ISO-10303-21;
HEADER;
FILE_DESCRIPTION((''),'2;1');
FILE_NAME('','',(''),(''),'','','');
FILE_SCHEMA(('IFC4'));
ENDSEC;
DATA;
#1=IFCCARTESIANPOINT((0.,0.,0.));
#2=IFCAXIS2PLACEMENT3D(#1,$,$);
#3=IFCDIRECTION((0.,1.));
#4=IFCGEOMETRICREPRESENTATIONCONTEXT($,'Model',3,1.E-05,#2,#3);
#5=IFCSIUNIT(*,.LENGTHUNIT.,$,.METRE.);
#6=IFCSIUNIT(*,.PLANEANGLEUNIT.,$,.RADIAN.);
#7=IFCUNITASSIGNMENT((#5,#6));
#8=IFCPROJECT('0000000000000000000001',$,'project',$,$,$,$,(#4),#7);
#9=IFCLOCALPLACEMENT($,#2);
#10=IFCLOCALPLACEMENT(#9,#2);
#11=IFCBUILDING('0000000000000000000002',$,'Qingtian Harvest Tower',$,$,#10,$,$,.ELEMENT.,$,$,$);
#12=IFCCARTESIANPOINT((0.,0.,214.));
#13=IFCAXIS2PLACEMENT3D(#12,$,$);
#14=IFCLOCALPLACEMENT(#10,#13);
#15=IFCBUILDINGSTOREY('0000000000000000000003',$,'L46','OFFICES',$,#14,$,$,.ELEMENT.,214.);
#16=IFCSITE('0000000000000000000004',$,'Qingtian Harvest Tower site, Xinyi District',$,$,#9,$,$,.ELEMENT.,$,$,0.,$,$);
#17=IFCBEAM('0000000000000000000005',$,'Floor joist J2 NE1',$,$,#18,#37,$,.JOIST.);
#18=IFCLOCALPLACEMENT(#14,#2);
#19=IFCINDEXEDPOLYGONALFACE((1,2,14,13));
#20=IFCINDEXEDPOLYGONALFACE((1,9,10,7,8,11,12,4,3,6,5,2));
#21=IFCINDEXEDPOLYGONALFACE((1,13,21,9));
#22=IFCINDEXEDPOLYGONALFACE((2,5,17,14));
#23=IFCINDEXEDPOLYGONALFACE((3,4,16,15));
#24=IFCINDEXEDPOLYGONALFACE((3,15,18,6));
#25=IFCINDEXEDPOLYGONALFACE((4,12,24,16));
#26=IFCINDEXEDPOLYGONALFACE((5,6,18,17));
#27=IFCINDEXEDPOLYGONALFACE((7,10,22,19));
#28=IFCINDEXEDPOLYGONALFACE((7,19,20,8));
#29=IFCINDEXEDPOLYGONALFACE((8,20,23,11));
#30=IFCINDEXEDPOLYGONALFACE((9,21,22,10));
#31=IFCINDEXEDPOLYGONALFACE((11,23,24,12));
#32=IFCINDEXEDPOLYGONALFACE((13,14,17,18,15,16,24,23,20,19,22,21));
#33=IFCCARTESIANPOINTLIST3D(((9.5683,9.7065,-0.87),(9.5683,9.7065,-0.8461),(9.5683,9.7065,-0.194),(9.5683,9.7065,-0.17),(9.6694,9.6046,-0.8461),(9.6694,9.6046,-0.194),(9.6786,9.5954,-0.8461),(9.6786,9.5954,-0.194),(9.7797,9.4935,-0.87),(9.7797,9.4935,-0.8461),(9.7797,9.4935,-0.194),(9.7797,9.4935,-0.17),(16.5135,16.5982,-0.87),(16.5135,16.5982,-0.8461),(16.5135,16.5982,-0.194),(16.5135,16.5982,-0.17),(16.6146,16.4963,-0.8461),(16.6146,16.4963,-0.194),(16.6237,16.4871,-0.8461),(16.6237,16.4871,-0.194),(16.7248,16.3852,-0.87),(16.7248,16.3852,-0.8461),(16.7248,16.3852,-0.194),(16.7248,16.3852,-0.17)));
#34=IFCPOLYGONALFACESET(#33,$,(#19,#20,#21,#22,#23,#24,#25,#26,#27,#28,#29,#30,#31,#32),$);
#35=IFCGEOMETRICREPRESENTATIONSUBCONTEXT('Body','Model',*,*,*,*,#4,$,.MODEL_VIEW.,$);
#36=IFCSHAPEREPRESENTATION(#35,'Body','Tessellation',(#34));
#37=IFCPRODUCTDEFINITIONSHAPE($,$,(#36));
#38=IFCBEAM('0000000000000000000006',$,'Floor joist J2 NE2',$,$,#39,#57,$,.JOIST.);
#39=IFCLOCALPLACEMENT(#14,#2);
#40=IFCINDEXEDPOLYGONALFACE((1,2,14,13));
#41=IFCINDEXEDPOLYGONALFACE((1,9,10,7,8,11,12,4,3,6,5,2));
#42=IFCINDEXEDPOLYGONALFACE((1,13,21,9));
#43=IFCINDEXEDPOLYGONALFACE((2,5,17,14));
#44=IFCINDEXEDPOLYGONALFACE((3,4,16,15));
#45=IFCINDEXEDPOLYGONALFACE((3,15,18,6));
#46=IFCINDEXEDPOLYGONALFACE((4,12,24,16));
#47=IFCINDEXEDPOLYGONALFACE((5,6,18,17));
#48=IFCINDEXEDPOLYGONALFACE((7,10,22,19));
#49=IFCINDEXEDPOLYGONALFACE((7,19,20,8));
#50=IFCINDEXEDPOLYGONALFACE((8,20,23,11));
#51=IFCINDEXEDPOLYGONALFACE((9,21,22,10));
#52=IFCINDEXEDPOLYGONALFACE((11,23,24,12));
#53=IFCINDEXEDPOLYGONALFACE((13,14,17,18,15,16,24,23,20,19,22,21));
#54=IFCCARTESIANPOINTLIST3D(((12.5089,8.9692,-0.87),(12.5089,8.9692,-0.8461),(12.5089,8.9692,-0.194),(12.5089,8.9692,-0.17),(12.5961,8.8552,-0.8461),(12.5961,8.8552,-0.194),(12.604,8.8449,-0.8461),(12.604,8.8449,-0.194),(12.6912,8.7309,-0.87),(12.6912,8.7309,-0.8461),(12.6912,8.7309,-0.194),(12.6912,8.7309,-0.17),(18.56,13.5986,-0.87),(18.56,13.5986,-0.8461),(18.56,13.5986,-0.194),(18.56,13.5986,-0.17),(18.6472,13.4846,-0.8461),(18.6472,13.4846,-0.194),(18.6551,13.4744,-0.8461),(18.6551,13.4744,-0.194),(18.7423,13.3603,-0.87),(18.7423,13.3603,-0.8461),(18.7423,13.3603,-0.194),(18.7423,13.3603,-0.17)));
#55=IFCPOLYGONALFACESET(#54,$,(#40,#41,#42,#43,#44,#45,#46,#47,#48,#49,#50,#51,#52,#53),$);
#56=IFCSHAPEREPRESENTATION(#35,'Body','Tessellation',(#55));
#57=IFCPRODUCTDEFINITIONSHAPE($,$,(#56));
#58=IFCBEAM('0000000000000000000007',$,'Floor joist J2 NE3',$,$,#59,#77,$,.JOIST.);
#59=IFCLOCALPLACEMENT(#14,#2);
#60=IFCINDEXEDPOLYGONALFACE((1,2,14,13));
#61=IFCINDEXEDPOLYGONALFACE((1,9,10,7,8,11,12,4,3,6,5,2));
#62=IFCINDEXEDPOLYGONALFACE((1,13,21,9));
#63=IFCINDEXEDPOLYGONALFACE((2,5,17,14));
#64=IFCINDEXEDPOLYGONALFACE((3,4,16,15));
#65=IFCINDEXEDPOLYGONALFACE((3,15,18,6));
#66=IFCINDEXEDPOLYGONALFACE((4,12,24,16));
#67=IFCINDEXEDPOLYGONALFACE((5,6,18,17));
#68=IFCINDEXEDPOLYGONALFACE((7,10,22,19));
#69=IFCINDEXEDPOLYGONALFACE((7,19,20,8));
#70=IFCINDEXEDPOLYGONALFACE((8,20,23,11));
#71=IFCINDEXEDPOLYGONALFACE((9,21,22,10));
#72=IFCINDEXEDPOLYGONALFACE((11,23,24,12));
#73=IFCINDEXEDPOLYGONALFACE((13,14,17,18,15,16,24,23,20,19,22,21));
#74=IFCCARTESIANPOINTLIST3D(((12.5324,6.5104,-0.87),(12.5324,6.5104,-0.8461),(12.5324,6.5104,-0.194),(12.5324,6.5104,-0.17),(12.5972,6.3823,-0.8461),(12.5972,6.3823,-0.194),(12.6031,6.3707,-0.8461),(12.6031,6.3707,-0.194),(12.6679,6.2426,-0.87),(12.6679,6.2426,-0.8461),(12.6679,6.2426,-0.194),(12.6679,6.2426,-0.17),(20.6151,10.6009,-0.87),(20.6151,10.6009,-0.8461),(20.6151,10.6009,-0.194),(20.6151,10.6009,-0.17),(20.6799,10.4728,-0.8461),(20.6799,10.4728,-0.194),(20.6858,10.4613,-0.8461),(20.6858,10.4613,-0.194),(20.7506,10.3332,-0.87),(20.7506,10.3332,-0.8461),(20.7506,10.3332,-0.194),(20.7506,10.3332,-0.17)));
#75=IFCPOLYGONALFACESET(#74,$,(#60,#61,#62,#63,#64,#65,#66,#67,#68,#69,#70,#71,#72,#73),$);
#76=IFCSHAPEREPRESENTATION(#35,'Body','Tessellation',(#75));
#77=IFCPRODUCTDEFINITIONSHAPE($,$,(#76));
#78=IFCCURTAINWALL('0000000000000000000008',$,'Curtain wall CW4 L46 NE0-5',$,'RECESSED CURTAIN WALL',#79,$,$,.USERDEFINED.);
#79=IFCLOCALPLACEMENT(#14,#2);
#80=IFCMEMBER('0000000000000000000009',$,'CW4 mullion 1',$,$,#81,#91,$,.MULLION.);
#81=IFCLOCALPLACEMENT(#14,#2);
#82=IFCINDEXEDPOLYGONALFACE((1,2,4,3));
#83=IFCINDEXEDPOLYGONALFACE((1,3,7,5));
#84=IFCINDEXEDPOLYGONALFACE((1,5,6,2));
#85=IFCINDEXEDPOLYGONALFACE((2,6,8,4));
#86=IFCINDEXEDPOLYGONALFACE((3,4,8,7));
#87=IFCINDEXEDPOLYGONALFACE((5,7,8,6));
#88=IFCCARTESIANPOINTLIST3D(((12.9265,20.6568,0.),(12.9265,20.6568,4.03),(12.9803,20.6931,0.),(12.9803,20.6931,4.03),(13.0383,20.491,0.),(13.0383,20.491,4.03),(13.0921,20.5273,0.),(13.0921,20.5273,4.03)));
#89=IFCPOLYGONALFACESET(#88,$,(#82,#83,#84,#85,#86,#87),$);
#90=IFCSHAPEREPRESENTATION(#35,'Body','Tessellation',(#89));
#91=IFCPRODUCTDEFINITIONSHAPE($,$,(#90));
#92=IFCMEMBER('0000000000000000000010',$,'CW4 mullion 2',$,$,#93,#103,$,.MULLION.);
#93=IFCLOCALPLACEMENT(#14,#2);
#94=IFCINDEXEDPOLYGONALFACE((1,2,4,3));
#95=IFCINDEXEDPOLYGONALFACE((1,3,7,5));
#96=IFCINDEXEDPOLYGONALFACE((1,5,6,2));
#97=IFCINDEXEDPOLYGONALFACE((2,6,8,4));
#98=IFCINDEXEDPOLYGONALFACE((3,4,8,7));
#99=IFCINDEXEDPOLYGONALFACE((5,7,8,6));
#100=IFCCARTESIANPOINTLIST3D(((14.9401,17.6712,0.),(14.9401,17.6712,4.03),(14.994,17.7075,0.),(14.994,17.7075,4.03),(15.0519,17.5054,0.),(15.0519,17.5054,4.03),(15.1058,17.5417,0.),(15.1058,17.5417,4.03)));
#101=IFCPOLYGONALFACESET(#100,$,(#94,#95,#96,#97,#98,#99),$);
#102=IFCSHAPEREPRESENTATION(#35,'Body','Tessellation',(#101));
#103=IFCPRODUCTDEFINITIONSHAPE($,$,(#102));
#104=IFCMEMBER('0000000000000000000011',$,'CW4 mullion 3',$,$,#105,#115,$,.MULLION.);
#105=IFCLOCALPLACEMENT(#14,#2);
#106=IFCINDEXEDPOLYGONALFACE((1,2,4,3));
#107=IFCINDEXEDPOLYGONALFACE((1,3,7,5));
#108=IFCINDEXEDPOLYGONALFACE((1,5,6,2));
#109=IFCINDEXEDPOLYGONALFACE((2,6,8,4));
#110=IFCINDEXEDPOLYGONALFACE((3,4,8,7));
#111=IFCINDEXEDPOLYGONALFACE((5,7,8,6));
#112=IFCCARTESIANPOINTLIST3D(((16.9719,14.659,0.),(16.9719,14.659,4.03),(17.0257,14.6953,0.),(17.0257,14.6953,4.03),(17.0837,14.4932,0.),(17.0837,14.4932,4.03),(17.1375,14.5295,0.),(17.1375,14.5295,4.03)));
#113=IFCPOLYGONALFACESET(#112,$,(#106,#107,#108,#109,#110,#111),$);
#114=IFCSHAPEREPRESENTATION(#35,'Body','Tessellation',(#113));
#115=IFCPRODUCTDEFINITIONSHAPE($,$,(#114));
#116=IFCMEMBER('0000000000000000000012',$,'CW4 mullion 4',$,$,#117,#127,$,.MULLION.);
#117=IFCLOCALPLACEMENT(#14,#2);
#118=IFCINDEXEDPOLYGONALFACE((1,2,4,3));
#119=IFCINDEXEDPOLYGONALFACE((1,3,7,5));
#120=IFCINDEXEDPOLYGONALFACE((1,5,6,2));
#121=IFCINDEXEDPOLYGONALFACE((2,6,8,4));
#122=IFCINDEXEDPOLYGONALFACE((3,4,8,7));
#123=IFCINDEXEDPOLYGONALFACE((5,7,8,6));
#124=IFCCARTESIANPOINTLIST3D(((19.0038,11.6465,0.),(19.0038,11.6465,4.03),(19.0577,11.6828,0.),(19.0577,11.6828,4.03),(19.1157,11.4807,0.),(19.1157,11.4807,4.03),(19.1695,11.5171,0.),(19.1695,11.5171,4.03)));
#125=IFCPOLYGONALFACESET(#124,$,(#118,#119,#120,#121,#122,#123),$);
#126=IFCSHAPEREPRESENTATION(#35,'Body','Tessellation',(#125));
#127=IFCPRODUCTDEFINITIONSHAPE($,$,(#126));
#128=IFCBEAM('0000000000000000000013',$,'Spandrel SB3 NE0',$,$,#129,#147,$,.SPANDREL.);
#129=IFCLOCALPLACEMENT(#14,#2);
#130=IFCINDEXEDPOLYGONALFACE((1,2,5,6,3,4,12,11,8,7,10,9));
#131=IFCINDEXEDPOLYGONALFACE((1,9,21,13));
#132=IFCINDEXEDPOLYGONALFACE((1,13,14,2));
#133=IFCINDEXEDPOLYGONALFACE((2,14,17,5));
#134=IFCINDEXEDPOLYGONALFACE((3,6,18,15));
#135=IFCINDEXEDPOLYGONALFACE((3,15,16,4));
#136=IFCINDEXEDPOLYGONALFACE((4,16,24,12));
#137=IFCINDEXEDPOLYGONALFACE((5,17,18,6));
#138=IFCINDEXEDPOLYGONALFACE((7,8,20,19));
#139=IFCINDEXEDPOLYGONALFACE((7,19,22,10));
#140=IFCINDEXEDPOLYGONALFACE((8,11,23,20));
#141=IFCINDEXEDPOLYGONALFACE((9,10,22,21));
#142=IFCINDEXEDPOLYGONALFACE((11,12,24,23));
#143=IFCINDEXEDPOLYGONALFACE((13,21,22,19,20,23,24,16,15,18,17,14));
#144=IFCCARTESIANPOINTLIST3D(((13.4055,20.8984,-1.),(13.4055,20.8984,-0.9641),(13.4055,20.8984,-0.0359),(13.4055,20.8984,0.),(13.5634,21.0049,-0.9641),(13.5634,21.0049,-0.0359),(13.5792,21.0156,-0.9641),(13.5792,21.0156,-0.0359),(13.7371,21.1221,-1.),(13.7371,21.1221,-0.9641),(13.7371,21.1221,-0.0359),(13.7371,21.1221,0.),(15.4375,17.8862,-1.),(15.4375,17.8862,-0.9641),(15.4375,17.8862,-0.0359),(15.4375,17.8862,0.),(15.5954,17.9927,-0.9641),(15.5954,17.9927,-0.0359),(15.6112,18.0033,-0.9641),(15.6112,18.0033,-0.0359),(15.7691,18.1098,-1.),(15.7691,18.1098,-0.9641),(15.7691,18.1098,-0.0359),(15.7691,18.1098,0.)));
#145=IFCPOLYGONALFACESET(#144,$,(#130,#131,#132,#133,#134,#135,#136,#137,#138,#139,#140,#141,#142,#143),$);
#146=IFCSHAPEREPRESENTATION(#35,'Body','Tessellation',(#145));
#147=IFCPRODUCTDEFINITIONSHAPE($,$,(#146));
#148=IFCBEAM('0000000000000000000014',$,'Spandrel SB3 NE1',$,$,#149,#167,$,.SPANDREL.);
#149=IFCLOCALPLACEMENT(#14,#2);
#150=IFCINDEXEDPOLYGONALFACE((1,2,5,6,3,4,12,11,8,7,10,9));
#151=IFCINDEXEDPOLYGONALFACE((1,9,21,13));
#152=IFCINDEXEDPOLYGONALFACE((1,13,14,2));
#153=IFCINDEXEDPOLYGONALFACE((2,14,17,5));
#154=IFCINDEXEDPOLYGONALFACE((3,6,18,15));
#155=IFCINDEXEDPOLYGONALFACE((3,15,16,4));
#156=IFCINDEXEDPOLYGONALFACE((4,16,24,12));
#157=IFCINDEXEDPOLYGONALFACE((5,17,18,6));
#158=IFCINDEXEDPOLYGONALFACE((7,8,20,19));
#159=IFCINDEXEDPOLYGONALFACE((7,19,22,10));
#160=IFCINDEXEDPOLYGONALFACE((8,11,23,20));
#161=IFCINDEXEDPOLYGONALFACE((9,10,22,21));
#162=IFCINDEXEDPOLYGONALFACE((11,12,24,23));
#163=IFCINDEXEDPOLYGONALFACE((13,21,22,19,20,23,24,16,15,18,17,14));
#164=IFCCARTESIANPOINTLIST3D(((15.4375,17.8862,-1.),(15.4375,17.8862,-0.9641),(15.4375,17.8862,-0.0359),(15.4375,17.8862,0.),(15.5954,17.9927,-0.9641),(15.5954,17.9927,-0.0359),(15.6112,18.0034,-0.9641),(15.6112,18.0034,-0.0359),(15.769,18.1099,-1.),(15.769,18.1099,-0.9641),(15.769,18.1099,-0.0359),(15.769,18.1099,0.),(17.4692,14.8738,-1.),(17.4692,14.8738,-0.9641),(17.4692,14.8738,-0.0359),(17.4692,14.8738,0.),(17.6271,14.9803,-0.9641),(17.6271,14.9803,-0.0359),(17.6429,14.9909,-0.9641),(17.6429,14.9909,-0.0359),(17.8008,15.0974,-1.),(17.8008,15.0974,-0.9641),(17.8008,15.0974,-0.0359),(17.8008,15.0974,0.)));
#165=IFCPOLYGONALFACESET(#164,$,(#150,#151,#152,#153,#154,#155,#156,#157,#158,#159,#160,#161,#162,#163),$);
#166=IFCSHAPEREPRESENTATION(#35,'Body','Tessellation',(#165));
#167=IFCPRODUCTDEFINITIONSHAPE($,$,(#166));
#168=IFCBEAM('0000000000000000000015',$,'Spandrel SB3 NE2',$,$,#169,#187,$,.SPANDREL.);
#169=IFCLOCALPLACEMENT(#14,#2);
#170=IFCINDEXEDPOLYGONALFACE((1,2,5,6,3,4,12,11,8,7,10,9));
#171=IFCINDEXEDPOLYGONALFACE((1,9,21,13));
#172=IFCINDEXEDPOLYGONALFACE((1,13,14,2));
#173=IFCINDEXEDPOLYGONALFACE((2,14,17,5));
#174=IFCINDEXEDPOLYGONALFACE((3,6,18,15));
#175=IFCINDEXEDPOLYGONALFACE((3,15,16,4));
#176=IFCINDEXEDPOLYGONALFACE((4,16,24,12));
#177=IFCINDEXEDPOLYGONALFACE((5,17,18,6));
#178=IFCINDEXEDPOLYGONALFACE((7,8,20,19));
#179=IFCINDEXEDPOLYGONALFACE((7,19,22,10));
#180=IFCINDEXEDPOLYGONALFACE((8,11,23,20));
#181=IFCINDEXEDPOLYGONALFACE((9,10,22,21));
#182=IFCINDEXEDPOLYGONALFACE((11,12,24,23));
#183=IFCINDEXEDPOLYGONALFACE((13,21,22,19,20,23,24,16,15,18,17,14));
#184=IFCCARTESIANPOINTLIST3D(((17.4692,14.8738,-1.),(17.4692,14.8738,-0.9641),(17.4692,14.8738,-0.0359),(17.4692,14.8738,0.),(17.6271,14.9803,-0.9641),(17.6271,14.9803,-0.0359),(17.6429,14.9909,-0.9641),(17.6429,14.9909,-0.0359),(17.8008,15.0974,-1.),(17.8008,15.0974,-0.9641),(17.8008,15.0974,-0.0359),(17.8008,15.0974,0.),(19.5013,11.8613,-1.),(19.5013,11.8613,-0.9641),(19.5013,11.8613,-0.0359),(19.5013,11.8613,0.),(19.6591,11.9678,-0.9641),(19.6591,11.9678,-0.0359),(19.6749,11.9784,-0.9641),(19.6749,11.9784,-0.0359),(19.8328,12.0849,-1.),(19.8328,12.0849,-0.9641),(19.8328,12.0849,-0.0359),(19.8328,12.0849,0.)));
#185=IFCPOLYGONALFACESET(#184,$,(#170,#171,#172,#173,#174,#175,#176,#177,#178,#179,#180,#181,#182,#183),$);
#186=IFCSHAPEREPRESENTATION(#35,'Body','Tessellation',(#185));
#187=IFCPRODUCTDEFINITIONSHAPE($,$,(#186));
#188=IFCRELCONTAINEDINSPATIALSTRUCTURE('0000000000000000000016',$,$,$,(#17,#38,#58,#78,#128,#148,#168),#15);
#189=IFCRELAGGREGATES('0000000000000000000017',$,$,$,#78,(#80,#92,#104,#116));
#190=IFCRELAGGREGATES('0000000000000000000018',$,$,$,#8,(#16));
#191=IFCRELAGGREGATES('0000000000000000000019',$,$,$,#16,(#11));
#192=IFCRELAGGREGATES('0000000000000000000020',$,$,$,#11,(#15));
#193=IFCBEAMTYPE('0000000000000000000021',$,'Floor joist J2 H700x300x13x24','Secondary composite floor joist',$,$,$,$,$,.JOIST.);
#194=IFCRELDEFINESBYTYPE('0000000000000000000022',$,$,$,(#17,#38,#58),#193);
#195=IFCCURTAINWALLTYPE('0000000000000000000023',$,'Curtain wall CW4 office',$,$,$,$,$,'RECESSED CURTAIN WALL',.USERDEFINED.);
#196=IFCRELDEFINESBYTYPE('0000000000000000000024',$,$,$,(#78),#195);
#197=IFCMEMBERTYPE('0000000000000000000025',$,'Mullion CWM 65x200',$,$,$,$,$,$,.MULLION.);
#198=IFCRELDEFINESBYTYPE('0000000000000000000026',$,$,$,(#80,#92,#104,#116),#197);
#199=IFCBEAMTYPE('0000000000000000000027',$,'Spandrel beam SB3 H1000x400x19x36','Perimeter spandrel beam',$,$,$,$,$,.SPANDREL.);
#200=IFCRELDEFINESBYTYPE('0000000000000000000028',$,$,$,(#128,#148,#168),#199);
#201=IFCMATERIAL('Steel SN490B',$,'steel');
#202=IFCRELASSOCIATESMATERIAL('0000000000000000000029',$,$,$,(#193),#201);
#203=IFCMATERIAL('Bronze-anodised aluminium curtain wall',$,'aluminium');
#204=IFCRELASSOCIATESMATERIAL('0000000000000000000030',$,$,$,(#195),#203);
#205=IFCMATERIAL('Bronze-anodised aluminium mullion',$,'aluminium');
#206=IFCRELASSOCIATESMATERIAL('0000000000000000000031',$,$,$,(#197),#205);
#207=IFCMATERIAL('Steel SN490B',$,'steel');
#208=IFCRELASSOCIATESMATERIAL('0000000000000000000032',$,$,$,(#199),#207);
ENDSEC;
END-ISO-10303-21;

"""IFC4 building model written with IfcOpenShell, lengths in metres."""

from ifc_helpers import new_model, si_unit, direction, frame, origin, origin_2d, place, context, subcontext, project, spatial, rectangle, i_section, extrude, material, material_profile, profile_set, type_object, element, aggregate, save


model = new_model("IFC4")

# Units and contexts
model_context = context("Model", 3, precision=1e-05, world=origin(), true_north=direction((0.0, 1.0)))
body_context = subcontext(model_context, "Body", "Model", "MODEL_VIEW")
ifc_project = project(units=[si_unit("LENGTHUNIT", "METRE"), si_unit("PLANEANGLEUNIT", "RADIAN")], contexts=[model_context])

# Site, building, storey
site_placement = place(None, origin())
site = spatial("IfcSite", under=ifc_project, at=site_placement, Name="Qingtian Harvest Tower site, Xinyi District", CompositionType="ELEMENT", RefElevation=0.0)
building_placement = place(site_placement, origin())
building = spatial("IfcBuilding", under=site, at=building_placement, Name="Qingtian Harvest Tower", CompositionType="ELEMENT")
storey_placement = place(building_placement, frame((0.0, 0.0, 214.0)))
storey = spatial("IfcBuildingStorey", under=building, at=storey_placement, Name="L46", Description="OFFICES", CompositionType="ELEMENT", Elevation=214.0)

# Beams
ifc_material_1 = material(Name="Steel SN490B", Category="steel")
ifc_material_profile_1 = material_profile(ifc_material_1, i_section(OverallWidth=0.3, OverallDepth=0.7, WebThickness=0.0129, FlangeThickness=0.0239, at=origin_2d()), Name="H700x300x13x24")
ifc_profile_set_1 = profile_set([ifc_material_profile_1], Name="Steel SN490B")
beam_type_1 = type_object("IfcBeamType", Name="Floor joist J2 H700x300x13x24", Description="Secondary composite floor joist", PredefinedType="JOIST", material=ifc_profile_set_1)
beam_1_placement = place(storey_placement, frame((16.6191, 16.4917, -0.52), z_axis=(-0.709834, -0.704369, 0.0), x_axis=(0.704369, -0.709834, 0.0)))
element("IfcBeam", 1, at=beam_1_placement, inside=storey, type_object=beam_type_1, Name="Floor joist J2 NE1", PredefinedType="JOIST", context=body_context, shape_type="SweptSolid", body=[
    extrude(i_section(OverallWidth=0.3, OverallDepth=0.7, WebThickness=0.0129, FlangeThickness=0.0239, at=origin_2d()), origin(), (0.0, 0.0, 1.0), 9.7842),
])
beam_2_placement = place(storey_placement, frame((18.6511, 13.4795, -0.52), z_axis=(-0.794222, -0.607627, 0.0), x_axis=(0.607627, -0.794222, 0.0)))
element("IfcBeam", 2, at=beam_2_placement, inside=storey, type_object=beam_type_1, Name="Floor joist J2 NE2", PredefinedType="JOIST", context=body_context, shape_type="SweptSolid", body=[
    extrude(i_section(OverallWidth=0.3, OverallDepth=0.7, WebThickness=0.0129, FlangeThickness=0.0239, at=origin_2d()), origin(), (0.0, 0.0, 1.0), 7.6189),
])
beam_3_placement = place(storey_placement, frame((20.6829, 10.467, -0.52), z_axis=(-0.892244, -0.451553, 0.0), x_axis=(0.451553, -0.892244, 0.0)))
element("IfcBeam", 3, at=beam_3_placement, inside=storey, type_object=beam_type_1, Name="Floor joist J2 NE3", PredefinedType="JOIST", context=body_context, shape_type="SweptSolid", body=[
    extrude(i_section(OverallWidth=0.3, OverallDepth=0.7, WebThickness=0.0129, FlangeThickness=0.0239, at=origin_2d()), origin(), (0.0, 0.0, 1.0), 9.0588),
])

# Curtain wall, members
ifc_material_2 = material(Name="Bronze-anodised aluminium curtain wall", Category="aluminium")
curtain_wall_type = type_object("IfcCurtainWallType", Name="Curtain wall CW4 office", ElementType="RECESSED CURTAIN WALL", PredefinedType="USERDEFINED", material=ifc_material_2)
curtain_wall_placement = place(storey_placement, origin())
curtain_wall = element("IfcCurtainWall", 4, at=curtain_wall_placement, inside=storey, type_object=curtain_wall_type, Name="Curtain wall CW4 L46 NE0-5", ObjectType="RECESSED CURTAIN WALL", PredefinedType="USERDEFINED")
ifc_material_3 = material(Name="Bronze-anodised aluminium mullion", Category="aluminium")
ifc_material_profile_2 = material_profile(ifc_material_3, rectangle(XDim=0.0649, YDim=0.2, at=origin_2d()), Name="AL 65x200")
ifc_profile_set_2 = profile_set([ifc_material_profile_2], Name="Bronze-anodised aluminium mullion")
member_type_1 = type_object("IfcMemberType", Name="Mullion CWM 65x200", PredefinedType="MULLION", material=ifc_profile_set_2)
member_1_placement = place(storey_placement, frame((13.0093, 20.592, 0.0), z_axis=(0.0, 0.0, 1.0), x_axis=(0.829038, 0.559193, 0.0)))
member_1 = element("IfcMember", 5, at=member_1_placement, type_object=member_type_1, Name="CW4 mullion 1", PredefinedType="MULLION", context=body_context, shape_type="SweptSolid", body=[
    extrude(rectangle(XDim=0.0649, YDim=0.2, at=origin_2d()), origin(), (0.0, 0.0, 1.0), 4.03),
])
member_2_placement = place(storey_placement, frame((15.0229, 17.6064, 0.0), z_axis=(0.0, 0.0, 1.0), x_axis=(0.829038, 0.559193, 0.0)))
member_2 = element("IfcMember", 6, at=member_2_placement, type_object=member_type_1, Name="CW4 mullion 2", PredefinedType="MULLION", context=body_context, shape_type="SweptSolid", body=[
    extrude(rectangle(XDim=0.0649, YDim=0.2, at=origin_2d()), origin(), (0.0, 0.0, 1.0), 4.03),
])
member_3_placement = place(storey_placement, frame((17.0547, 14.5942, 0.0), z_axis=(0.0, 0.0, 1.0), x_axis=(0.829038, 0.559193, 0.0)))
member_3 = element("IfcMember", 7, at=member_3_placement, type_object=member_type_1, Name="CW4 mullion 3", PredefinedType="MULLION", context=body_context, shape_type="SweptSolid", body=[
    extrude(rectangle(XDim=0.0649, YDim=0.2, at=origin_2d()), origin(), (0.0, 0.0, 1.0), 4.03),
])
member_4_placement = place(storey_placement, frame((19.0867, 11.5818, 0.0), z_axis=(0.0, 0.0, 1.0), x_axis=(0.829038, 0.559193, 0.0)))
member_4 = element("IfcMember", 8, at=member_4_placement, type_object=member_type_1, Name="CW4 mullion 4", PredefinedType="MULLION", context=body_context, shape_type="SweptSolid", body=[
    extrude(rectangle(XDim=0.0649, YDim=0.2, at=origin_2d()), origin(), (0.0, 0.0, 1.0), 4.03),
])

# Beams
ifc_material_4 = material(Name="Steel SN490B", Category="steel")
ifc_material_profile_3 = material_profile(ifc_material_4, i_section(OverallWidth=0.3999, OverallDepth=1.0, WebThickness=0.019, FlangeThickness=0.0359, at=origin_2d()), Name="H1000x400x19x36")
ifc_profile_set_3 = profile_set([ifc_material_profile_3], Name="Steel SN490B")
beam_type_2 = type_object("IfcBeamType", Name="Spandrel beam SB3 H1000x400x19x36", Description="Perimeter spandrel beam", PredefinedType="SPANDREL", material=ifc_profile_set_3)
for number, where, z_axis, x_axis, name in (
    (9, (13.5713, 21.0103, -0.5), (0.559235, -0.829009, 0.0), (0.829009, 0.559235, 0.0), "Spandrel SB3 NE0"),
    (10, (15.6033, 17.998, -0.5), (0.559158, -0.829061, 0.0), (0.829061, 0.559158, 0.0), "Spandrel SB3 NE1"),
):
    element("IfcBeam", number, at=place(storey_placement, frame(where, z_axis=z_axis, x_axis=x_axis)), inside=storey, type_object=beam_type_2, Name=name, PredefinedType="SPANDREL", context=body_context, shape_type="SweptSolid", body=[
        extrude(i_section(OverallWidth=0.3999, OverallDepth=1.0, WebThickness=0.019, FlangeThickness=0.0359, at=origin_2d()), origin(), (0.0, 0.0, 1.0), 3.6335),
    ])
beam_4_placement = place(storey_placement, frame((17.635, 14.9856, -0.5), z_axis=(0.559204, -0.82903, 0.0), x_axis=(0.82903, 0.559204, 0.0)))
element("IfcBeam", 11, at=beam_4_placement, inside=storey, type_object=beam_type_2, Name="Spandrel SB3 NE2", PredefinedType="SPANDREL", context=body_context, shape_type="SweptSolid", body=[
    extrude(i_section(OverallWidth=0.3999, OverallDepth=1.0, WebThickness=0.019, FlangeThickness=0.0359, at=origin_2d()), origin(), (0.0, 0.0, 1.0), 3.6338),
])

aggregate(curtain_wall, [member_1, member_2, member_3, member_4])

save(model, "model.ifc")
